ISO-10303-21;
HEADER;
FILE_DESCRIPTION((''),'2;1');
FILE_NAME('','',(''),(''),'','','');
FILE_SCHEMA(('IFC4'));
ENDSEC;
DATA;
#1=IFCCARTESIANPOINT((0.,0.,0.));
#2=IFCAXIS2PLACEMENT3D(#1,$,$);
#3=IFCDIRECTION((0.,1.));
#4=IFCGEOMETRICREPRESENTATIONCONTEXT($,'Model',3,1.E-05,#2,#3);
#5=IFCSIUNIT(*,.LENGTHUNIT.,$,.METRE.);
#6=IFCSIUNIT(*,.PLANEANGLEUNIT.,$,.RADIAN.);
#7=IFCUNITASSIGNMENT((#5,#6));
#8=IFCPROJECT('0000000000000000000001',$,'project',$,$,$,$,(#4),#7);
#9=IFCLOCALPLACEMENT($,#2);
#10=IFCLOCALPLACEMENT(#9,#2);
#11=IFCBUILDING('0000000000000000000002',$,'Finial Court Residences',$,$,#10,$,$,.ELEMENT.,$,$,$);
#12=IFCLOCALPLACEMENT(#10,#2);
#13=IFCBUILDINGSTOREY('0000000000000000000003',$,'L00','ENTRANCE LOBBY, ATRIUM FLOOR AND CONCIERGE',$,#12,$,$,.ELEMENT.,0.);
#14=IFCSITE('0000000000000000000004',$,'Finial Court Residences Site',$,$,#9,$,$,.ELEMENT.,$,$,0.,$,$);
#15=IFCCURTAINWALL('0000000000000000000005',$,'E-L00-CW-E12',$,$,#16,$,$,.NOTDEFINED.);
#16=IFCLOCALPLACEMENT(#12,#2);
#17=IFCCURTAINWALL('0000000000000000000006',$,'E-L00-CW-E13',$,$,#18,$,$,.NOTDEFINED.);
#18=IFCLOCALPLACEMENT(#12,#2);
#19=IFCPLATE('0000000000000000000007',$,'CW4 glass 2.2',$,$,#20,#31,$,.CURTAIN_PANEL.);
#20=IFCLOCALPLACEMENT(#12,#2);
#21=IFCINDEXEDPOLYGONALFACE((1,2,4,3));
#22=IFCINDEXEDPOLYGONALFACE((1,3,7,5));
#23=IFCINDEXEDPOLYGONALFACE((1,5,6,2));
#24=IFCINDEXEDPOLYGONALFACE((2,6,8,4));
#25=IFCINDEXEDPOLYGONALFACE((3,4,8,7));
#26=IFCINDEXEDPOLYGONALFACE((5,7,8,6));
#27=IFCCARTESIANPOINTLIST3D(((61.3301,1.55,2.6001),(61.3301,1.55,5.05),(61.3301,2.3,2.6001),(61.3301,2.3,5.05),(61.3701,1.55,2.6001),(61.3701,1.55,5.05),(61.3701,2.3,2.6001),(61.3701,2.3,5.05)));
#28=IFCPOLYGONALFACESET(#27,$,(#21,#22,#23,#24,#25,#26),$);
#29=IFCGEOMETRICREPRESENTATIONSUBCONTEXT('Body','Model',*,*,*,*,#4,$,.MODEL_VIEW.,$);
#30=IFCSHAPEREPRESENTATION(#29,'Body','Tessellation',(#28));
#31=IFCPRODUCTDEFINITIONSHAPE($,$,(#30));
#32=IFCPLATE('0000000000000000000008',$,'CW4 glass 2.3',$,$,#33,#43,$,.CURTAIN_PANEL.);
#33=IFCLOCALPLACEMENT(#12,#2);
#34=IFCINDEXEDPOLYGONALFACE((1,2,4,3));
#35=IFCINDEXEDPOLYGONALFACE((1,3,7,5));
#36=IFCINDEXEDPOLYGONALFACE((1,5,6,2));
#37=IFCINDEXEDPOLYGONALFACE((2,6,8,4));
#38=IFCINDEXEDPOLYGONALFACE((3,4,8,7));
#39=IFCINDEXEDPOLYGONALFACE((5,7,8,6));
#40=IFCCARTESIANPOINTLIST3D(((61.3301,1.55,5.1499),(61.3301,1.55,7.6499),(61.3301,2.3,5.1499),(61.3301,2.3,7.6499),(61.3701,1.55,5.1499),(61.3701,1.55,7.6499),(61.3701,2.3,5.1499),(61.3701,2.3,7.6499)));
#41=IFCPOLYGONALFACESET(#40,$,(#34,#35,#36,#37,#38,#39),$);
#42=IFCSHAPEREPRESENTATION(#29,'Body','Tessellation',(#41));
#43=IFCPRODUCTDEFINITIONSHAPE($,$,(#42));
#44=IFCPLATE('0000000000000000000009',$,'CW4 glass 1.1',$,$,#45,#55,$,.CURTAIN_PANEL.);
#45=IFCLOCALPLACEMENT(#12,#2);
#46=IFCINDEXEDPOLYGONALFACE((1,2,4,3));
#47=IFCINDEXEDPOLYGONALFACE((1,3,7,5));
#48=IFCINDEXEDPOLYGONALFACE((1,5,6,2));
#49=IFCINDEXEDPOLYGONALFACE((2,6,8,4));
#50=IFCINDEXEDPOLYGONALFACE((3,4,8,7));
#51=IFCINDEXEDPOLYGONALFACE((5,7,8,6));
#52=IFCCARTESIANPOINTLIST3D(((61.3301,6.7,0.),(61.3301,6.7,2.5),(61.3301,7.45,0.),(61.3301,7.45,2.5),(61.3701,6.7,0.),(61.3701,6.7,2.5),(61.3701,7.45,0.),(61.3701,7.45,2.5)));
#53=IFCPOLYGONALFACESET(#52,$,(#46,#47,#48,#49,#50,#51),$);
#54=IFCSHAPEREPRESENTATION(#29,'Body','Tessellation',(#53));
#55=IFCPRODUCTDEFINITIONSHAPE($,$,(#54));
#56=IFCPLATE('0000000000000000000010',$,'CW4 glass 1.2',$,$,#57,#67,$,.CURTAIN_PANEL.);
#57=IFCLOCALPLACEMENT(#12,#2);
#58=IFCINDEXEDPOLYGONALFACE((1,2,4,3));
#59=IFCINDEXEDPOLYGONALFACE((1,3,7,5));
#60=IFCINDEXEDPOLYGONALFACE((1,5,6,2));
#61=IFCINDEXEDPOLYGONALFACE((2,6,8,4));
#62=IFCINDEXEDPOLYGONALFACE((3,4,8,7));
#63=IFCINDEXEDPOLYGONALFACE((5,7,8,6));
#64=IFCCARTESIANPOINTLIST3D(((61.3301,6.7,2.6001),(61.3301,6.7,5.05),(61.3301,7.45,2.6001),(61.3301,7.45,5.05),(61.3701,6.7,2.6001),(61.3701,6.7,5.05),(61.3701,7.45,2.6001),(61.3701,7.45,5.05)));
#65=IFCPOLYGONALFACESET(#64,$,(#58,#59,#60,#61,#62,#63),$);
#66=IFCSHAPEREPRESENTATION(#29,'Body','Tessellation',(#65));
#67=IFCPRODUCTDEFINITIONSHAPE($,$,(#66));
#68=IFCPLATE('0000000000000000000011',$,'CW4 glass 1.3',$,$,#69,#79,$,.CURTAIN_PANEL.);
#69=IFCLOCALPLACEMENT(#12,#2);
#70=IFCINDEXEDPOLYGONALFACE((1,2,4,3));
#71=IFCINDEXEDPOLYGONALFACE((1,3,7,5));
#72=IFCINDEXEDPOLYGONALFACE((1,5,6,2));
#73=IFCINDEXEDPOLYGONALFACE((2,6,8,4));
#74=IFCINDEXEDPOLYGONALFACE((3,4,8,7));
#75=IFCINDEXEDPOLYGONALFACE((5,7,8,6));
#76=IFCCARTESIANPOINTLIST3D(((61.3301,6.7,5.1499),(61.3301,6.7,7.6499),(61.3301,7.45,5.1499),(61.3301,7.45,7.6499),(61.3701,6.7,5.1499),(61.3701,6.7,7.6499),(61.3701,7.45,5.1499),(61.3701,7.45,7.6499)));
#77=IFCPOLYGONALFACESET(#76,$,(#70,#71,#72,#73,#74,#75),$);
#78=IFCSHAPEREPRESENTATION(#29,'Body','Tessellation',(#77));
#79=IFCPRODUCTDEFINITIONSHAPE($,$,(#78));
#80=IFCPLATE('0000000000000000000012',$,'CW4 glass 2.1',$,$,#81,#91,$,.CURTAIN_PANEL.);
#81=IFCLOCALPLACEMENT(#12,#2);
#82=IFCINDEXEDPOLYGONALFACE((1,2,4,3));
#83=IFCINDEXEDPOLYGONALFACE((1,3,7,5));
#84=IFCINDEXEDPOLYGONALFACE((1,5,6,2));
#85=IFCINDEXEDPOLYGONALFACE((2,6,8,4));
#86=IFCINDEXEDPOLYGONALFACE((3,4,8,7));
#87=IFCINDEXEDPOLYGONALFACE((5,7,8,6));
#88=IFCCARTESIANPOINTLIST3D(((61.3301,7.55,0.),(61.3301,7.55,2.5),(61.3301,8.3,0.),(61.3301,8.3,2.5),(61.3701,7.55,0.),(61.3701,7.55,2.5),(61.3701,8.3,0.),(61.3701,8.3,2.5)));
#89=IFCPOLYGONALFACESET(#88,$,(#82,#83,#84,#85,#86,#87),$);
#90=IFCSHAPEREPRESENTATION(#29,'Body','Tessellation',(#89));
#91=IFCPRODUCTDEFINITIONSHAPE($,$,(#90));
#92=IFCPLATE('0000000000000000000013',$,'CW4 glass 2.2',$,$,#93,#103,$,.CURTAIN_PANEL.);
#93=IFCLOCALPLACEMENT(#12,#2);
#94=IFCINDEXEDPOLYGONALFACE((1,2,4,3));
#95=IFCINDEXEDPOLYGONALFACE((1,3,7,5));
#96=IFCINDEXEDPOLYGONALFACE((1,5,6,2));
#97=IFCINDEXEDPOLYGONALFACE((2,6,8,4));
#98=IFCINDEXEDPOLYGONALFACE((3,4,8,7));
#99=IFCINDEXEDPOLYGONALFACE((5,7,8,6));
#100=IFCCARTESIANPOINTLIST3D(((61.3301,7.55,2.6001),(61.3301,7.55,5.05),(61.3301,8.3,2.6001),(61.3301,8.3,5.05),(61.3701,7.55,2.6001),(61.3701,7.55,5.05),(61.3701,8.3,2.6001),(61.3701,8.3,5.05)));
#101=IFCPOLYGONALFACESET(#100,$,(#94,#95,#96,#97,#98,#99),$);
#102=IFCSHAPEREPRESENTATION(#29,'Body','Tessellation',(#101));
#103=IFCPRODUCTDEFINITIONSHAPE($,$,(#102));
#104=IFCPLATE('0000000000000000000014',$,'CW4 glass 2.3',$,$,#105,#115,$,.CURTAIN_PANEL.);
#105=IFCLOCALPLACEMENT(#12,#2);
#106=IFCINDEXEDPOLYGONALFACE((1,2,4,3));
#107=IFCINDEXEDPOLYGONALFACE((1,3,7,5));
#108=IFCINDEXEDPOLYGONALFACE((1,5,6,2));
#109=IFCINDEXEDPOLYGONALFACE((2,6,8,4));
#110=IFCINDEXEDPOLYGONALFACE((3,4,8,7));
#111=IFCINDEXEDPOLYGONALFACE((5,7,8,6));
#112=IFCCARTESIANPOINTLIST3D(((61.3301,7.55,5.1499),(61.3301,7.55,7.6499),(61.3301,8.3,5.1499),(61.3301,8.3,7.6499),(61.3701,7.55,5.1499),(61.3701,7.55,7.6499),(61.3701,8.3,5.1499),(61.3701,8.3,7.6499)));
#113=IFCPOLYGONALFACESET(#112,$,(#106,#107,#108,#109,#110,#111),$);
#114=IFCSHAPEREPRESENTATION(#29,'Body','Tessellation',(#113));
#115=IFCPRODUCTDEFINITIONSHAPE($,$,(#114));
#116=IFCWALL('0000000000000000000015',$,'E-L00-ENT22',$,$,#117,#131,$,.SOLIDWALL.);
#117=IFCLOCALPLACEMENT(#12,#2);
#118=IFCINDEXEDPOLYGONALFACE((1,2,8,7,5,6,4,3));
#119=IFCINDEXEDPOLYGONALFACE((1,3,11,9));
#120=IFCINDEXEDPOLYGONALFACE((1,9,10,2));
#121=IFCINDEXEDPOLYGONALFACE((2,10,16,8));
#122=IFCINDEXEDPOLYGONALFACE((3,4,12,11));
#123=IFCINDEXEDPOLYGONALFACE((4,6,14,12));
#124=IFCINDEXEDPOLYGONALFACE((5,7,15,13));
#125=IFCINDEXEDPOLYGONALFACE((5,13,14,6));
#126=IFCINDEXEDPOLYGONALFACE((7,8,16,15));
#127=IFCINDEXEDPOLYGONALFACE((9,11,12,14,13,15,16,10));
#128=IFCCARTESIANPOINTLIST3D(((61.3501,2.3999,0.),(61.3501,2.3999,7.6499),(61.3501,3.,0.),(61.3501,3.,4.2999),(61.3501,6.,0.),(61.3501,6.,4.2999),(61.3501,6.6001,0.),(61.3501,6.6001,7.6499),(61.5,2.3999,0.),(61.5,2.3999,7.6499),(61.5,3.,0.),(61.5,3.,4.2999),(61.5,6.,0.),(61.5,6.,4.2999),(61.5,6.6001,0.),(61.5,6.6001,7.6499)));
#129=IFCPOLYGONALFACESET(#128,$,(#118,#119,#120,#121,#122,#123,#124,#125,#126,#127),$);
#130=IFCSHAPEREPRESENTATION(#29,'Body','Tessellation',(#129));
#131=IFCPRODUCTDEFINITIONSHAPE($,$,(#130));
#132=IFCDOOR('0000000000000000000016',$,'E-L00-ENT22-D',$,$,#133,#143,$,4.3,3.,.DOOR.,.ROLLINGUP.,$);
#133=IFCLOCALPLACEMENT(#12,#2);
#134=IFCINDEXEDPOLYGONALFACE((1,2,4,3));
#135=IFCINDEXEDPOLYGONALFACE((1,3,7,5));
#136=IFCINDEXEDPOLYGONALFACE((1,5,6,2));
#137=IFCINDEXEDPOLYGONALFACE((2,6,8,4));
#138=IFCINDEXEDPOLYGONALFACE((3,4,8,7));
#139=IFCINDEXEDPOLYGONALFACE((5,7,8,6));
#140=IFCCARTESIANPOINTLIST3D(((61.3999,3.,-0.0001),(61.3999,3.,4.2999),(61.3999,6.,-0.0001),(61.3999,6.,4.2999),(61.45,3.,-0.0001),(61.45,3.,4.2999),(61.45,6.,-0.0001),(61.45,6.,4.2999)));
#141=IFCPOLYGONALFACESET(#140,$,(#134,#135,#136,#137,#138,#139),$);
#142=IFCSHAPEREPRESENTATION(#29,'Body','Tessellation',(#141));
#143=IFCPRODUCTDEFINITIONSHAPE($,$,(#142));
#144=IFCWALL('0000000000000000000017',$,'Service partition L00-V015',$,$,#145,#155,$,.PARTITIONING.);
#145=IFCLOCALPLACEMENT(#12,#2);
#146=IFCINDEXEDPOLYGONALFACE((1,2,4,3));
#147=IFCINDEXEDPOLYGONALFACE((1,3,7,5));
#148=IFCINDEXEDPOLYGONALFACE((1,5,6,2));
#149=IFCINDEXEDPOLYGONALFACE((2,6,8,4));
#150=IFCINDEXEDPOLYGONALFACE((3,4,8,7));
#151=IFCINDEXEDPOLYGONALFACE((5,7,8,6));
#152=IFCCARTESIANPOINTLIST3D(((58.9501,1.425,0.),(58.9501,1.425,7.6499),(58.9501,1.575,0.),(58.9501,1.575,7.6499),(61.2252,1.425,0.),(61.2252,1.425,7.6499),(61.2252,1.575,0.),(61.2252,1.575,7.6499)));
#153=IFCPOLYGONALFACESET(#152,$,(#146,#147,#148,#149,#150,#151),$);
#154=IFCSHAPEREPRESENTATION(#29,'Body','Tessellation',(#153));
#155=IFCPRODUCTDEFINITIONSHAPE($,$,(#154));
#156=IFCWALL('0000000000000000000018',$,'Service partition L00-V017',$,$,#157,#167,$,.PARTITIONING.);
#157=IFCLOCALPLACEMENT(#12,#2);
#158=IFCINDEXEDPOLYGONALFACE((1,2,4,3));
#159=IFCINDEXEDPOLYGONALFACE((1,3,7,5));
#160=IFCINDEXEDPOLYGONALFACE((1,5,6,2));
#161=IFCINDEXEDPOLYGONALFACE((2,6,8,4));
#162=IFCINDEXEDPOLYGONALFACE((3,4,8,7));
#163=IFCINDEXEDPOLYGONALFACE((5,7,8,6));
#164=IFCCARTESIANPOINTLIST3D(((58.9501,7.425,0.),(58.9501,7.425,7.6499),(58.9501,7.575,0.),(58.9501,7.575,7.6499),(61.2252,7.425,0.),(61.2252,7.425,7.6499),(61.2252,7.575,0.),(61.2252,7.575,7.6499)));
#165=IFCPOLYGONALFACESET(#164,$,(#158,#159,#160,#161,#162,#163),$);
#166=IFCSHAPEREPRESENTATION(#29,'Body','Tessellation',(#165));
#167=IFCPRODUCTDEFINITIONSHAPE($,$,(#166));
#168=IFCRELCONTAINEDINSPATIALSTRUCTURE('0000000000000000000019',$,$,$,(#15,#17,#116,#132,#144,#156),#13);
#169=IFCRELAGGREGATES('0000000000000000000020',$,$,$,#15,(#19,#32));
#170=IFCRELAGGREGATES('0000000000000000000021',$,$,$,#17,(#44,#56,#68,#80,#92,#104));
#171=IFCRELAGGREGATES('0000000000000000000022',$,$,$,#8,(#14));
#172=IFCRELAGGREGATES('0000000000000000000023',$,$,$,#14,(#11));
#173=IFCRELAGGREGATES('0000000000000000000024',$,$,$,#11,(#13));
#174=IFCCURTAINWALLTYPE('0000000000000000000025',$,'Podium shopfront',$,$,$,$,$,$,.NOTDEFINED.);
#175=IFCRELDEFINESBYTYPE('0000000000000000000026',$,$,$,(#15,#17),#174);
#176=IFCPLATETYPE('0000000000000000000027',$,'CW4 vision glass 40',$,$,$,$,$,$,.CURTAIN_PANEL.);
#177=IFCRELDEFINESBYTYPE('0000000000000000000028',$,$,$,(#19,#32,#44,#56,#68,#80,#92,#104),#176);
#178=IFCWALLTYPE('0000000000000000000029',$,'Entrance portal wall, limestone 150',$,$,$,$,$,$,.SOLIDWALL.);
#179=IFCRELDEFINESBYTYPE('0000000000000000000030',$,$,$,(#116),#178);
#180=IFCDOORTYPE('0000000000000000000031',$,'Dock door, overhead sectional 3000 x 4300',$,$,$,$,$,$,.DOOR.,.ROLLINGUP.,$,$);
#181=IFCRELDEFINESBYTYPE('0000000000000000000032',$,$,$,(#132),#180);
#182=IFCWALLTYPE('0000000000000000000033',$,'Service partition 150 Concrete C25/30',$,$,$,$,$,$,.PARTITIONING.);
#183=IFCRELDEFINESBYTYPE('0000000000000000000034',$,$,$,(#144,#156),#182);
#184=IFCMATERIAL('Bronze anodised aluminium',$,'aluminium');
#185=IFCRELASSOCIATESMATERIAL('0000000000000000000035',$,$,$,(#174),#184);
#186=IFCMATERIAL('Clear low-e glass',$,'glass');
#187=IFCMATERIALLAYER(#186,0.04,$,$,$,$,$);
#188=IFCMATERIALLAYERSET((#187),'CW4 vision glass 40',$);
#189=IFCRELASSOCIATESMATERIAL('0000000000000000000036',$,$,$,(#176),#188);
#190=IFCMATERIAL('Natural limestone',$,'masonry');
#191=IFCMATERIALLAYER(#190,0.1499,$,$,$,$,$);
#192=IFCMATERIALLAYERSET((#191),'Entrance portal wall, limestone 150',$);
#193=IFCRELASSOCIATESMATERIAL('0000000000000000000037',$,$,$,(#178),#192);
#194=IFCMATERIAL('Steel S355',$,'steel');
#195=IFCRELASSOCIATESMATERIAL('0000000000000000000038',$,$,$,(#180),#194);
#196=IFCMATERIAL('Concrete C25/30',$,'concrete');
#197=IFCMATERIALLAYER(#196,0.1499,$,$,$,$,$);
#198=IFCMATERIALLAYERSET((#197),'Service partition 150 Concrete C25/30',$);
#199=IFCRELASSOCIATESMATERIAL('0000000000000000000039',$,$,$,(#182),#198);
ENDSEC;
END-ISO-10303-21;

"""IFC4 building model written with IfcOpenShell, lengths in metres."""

from ifc_helpers import new_model, si_unit, direction, frame, frame_2d, origin, origin_2d, place, context, subcontext, project, spatial, rectangle, extrude, material, layer, layer_set, type_object, element, fill, aggregate, save


model = new_model("IFC4")

# Units and contexts
model_context = context("Model", 3, precision=1e-05, world=origin(), true_north=direction((0.0, 1.0)))
body_context = subcontext(model_context, "Body", "Model", "MODEL_VIEW")
ifc_project = project(units=[si_unit("LENGTHUNIT", "METRE"), si_unit("PLANEANGLEUNIT", "RADIAN")], contexts=[model_context])

# Site, building, storey
site_placement = place(None, origin())
site = spatial("IfcSite", under=ifc_project, at=site_placement, Name="Finial Court Residences Site", CompositionType="ELEMENT", RefElevation=0.0)
building_placement = place(site_placement, origin())
building = spatial("IfcBuilding", under=site, at=building_placement, Name="Finial Court Residences", CompositionType="ELEMENT")
storey_placement = place(building_placement, origin())
storey = spatial("IfcBuildingStorey", under=building, at=storey_placement, Name="L00", Description="ENTRANCE LOBBY, ATRIUM FLOOR AND CONCIERGE", CompositionType="ELEMENT", Elevation=0.0)

# Curtain walls
ifc_material_1 = material(Name="Bronze anodised aluminium", Category="aluminium")
curtain_wall_type = type_object("IfcCurtainWallType", Name="Podium shopfront", PredefinedType="NOTDEFINED", material=ifc_material_1)
curtain_wall_1_placement = place(storey_placement, origin())
curtain_wall_1 = element("IfcCurtainWall", 1, at=curtain_wall_1_placement, inside=storey, type_object=curtain_wall_type, Name="E-L00-CW-E12", PredefinedType="NOTDEFINED")
curtain_wall_2_placement = place(storey_placement, origin())
curtain_wall_2 = element("IfcCurtainWall", 2, at=curtain_wall_2_placement, inside=storey, type_object=curtain_wall_type, Name="E-L00-CW-E13", PredefinedType="NOTDEFINED")

# Plates
ifc_material_2 = material(Name="Clear low-e glass", Category="glass")
ifc_layer_1 = layer(ifc_material_2, 0.04)
ifc_layer_set_1 = layer_set([ifc_layer_1], Name="CW4 vision glass 40")
plate_type = type_object("IfcPlateType", Name="CW4 vision glass 40", PredefinedType="CURTAIN_PANEL", material=ifc_layer_set_1)
plate_1_placement = place(storey_placement, frame((61.3501, 1.925, 2.6001), z_axis=(0.0, 0.0, 1.0), x_axis=(0.0, 1.0, 0.0)))
plate_1 = element("IfcPlate", 3, at=plate_1_placement, type_object=plate_type, Name="CW4 glass 2.2", PredefinedType="CURTAIN_PANEL", context=body_context, shape_type="SweptSolid", body=[
    extrude(rectangle(XDim=0.75, YDim=0.04, at=origin_2d()), origin(), (0.0, 0.0, 1.0), 2.45),
])
plate_2_placement = place(storey_placement, frame((61.3501, 1.925, 5.1499), z_axis=(0.0, 0.0, 1.0), x_axis=(0.0, 1.0, 0.0)))
plate_2 = element("IfcPlate", 4, at=plate_2_placement, type_object=plate_type, Name="CW4 glass 2.3", PredefinedType="CURTAIN_PANEL", context=body_context, shape_type="SweptSolid", body=[
    extrude(rectangle(XDim=0.75, YDim=0.04, at=origin_2d()), origin(), (0.0, 0.0, 1.0), 2.5),
])
aggregate(curtain_wall_1, [plate_1, plate_2])
plate_3_placement = place(storey_placement, frame((61.3501, 7.075, 0.0), z_axis=(0.0, 0.0, 1.0), x_axis=(0.0, 1.0, 0.0)))
plate_3 = element("IfcPlate", 5, at=plate_3_placement, type_object=plate_type, Name="CW4 glass 1.1", PredefinedType="CURTAIN_PANEL", context=body_context, shape_type="SweptSolid", body=[
    extrude(rectangle(XDim=0.75, YDim=0.04, at=origin_2d()), origin(), (0.0, 0.0, 1.0), 2.5),
])
plate_4_placement = place(storey_placement, frame((61.3501, 7.075, 2.6001), z_axis=(0.0, 0.0, 1.0), x_axis=(0.0, 1.0, 0.0)))
plate_4 = element("IfcPlate", 6, at=plate_4_placement, type_object=plate_type, Name="CW4 glass 1.2", PredefinedType="CURTAIN_PANEL", context=body_context, shape_type="SweptSolid", body=[
    extrude(rectangle(XDim=0.75, YDim=0.04, at=origin_2d()), origin(), (0.0, 0.0, 1.0), 2.45),
])
plate_5_placement = place(storey_placement, frame((61.3501, 7.075, 5.1499), z_axis=(0.0, 0.0, 1.0), x_axis=(0.0, 1.0, 0.0)))
plate_5 = element("IfcPlate", 7, at=plate_5_placement, type_object=plate_type, Name="CW4 glass 1.3", PredefinedType="CURTAIN_PANEL", context=body_context, shape_type="SweptSolid", body=[
    extrude(rectangle(XDim=0.75, YDim=0.04, at=origin_2d()), origin(), (0.0, 0.0, 1.0), 2.5),
])
plate_6_placement = place(storey_placement, frame((61.3501, 7.925, 0.0), z_axis=(0.0, 0.0, 1.0), x_axis=(0.0, 1.0, 0.0)))
plate_6 = element("IfcPlate", 8, at=plate_6_placement, type_object=plate_type, Name="CW4 glass 2.1", PredefinedType="CURTAIN_PANEL", context=body_context, shape_type="SweptSolid", body=[
    extrude(rectangle(XDim=0.75, YDim=0.04, at=origin_2d()), origin(), (0.0, 0.0, 1.0), 2.5),
])
plate_7_placement = place(storey_placement, frame((61.3501, 7.925, 2.6001), z_axis=(0.0, 0.0, 1.0), x_axis=(0.0, 1.0, 0.0)))
plate_7 = element("IfcPlate", 9, at=plate_7_placement, type_object=plate_type, Name="CW4 glass 2.2", PredefinedType="CURTAIN_PANEL", context=body_context, shape_type="SweptSolid", body=[
    extrude(rectangle(XDim=0.75, YDim=0.04, at=origin_2d()), origin(), (0.0, 0.0, 1.0), 2.45),
])
plate_8_placement = place(storey_placement, frame((61.3501, 7.925, 5.1499), z_axis=(0.0, 0.0, 1.0), x_axis=(0.0, 1.0, 0.0)))
plate_8 = element("IfcPlate", 10, at=plate_8_placement, type_object=plate_type, Name="CW4 glass 2.3", PredefinedType="CURTAIN_PANEL", context=body_context, shape_type="SweptSolid", body=[
    extrude(rectangle(XDim=0.75, YDim=0.04, at=origin_2d()), origin(), (0.0, 0.0, 1.0), 2.5),
])
aggregate(curtain_wall_2, [plate_3, plate_4, plate_5, plate_6, plate_7, plate_8])

# Wall, opening, door
ifc_material_3 = material(Name="Natural limestone", Category="masonry")
ifc_layer_2 = layer(ifc_material_3, 0.1499)
ifc_layer_set_2 = layer_set([ifc_layer_2], Name="Entrance portal wall, limestone 150")
wall_type_1 = type_object("IfcWallType", Name="Entrance portal wall, limestone 150", PredefinedType="SOLIDWALL", material=ifc_layer_set_2)
wall_placement = place(storey_placement, frame((61.425, 6.6001, 0.0), z_axis=(0.0, 0.0, 1.0), x_axis=(0.0, -1.0, 0.0)))
wall = element("IfcWall", 11, at=wall_placement, inside=storey, type_object=wall_type_1, Name="E-L00-ENT22", PredefinedType="SOLIDWALL", context=body_context, shape_type="SweptSolid", body=[
    extrude(rectangle(XDim=4.2002, YDim=0.1499, at=frame_2d((2.1001, 0.0))), origin(), (0.0, 0.0, 1.0), 7.6499),
])
opening_placement = place(wall_placement, frame((0.6001, 0.0, 0.0)))
opening = element("IfcOpeningElement", 12, at=opening_placement, cuts=wall, PredefinedType="OPENING", context=body_context, shape_type="SweptSolid", body=[
    extrude(rectangle(XDim=3.0, YDim=4.3, at=frame_2d((1.5, 2.1499))), frame((0.0, 0.085, 0.0), z_axis=(0.0, -1.0, 0.0), x_axis=(1.0, 0.0, 0.0)), (0.0, 0.0, 1.0), 0.1699),
])
ifc_material_4 = material(Name="Steel S355", Category="steel")
door_type = type_object("IfcDoorType", Name="Dock door, overhead sectional 3000 x 4300", OperationType="ROLLINGUP", PredefinedType="DOOR", material=ifc_material_4)
door_placement = place(opening_placement, origin())
door = element("IfcDoor", 13, at=door_placement, inside=storey, type_object=door_type, Name="E-L00-ENT22-D", OperationType="ROLLINGUP", OverallHeight=4.3, OverallWidth=3.0, PredefinedType="DOOR", context=body_context, shape_type="SweptSolid", body=[
    extrude(rectangle(XDim=3.0, YDim=4.3, at=frame_2d((1.5, 2.1499))), frame((0.0, 0.0249, 0.0), z_axis=(0.0, -1.0, 0.0), x_axis=(1.0, 0.0, 0.0)), (0.0, 0.0, 1.0), 0.05),
])
fill(opening, door)

# Walls
ifc_material_5 = material(Name="Concrete C25/30", Category="concrete")
ifc_layer_3 = layer(ifc_material_5, 0.1499)
ifc_layer_set_3 = layer_set([ifc_layer_3], Name="Service partition 150 Concrete C25/30")
wall_type_2 = type_object("IfcWallType", Name="Service partition 150 Concrete C25/30", PredefinedType="PARTITIONING", material=ifc_layer_set_3)
for number, where, z_axis, x_axis, name in (
    (14, (58.95, 1.5, 0.0), (0.0, 0.0, 1.0), (1.0, 0.0, 0.0), "Service partition L00-V015"),
    (15, (58.95, 7.5, 0.0), (0.0, 0.0, 1.0), (1.0, 0.0, 0.0), "Service partition L00-V017"),
):
    element("IfcWall", number, at=place(storey_placement, frame(where, z_axis=z_axis, x_axis=x_axis)), inside=storey, type_object=wall_type_2, Name=name, PredefinedType="PARTITIONING", context=body_context, shape_type="SweptSolid", body=[
        extrude(rectangle(XDim=2.2751, YDim=0.1499, at=frame_2d((1.1377, 0.0))), origin(), (0.0, 0.0, 1.0), 7.6499),
    ])

save(model, "model.ifc")
